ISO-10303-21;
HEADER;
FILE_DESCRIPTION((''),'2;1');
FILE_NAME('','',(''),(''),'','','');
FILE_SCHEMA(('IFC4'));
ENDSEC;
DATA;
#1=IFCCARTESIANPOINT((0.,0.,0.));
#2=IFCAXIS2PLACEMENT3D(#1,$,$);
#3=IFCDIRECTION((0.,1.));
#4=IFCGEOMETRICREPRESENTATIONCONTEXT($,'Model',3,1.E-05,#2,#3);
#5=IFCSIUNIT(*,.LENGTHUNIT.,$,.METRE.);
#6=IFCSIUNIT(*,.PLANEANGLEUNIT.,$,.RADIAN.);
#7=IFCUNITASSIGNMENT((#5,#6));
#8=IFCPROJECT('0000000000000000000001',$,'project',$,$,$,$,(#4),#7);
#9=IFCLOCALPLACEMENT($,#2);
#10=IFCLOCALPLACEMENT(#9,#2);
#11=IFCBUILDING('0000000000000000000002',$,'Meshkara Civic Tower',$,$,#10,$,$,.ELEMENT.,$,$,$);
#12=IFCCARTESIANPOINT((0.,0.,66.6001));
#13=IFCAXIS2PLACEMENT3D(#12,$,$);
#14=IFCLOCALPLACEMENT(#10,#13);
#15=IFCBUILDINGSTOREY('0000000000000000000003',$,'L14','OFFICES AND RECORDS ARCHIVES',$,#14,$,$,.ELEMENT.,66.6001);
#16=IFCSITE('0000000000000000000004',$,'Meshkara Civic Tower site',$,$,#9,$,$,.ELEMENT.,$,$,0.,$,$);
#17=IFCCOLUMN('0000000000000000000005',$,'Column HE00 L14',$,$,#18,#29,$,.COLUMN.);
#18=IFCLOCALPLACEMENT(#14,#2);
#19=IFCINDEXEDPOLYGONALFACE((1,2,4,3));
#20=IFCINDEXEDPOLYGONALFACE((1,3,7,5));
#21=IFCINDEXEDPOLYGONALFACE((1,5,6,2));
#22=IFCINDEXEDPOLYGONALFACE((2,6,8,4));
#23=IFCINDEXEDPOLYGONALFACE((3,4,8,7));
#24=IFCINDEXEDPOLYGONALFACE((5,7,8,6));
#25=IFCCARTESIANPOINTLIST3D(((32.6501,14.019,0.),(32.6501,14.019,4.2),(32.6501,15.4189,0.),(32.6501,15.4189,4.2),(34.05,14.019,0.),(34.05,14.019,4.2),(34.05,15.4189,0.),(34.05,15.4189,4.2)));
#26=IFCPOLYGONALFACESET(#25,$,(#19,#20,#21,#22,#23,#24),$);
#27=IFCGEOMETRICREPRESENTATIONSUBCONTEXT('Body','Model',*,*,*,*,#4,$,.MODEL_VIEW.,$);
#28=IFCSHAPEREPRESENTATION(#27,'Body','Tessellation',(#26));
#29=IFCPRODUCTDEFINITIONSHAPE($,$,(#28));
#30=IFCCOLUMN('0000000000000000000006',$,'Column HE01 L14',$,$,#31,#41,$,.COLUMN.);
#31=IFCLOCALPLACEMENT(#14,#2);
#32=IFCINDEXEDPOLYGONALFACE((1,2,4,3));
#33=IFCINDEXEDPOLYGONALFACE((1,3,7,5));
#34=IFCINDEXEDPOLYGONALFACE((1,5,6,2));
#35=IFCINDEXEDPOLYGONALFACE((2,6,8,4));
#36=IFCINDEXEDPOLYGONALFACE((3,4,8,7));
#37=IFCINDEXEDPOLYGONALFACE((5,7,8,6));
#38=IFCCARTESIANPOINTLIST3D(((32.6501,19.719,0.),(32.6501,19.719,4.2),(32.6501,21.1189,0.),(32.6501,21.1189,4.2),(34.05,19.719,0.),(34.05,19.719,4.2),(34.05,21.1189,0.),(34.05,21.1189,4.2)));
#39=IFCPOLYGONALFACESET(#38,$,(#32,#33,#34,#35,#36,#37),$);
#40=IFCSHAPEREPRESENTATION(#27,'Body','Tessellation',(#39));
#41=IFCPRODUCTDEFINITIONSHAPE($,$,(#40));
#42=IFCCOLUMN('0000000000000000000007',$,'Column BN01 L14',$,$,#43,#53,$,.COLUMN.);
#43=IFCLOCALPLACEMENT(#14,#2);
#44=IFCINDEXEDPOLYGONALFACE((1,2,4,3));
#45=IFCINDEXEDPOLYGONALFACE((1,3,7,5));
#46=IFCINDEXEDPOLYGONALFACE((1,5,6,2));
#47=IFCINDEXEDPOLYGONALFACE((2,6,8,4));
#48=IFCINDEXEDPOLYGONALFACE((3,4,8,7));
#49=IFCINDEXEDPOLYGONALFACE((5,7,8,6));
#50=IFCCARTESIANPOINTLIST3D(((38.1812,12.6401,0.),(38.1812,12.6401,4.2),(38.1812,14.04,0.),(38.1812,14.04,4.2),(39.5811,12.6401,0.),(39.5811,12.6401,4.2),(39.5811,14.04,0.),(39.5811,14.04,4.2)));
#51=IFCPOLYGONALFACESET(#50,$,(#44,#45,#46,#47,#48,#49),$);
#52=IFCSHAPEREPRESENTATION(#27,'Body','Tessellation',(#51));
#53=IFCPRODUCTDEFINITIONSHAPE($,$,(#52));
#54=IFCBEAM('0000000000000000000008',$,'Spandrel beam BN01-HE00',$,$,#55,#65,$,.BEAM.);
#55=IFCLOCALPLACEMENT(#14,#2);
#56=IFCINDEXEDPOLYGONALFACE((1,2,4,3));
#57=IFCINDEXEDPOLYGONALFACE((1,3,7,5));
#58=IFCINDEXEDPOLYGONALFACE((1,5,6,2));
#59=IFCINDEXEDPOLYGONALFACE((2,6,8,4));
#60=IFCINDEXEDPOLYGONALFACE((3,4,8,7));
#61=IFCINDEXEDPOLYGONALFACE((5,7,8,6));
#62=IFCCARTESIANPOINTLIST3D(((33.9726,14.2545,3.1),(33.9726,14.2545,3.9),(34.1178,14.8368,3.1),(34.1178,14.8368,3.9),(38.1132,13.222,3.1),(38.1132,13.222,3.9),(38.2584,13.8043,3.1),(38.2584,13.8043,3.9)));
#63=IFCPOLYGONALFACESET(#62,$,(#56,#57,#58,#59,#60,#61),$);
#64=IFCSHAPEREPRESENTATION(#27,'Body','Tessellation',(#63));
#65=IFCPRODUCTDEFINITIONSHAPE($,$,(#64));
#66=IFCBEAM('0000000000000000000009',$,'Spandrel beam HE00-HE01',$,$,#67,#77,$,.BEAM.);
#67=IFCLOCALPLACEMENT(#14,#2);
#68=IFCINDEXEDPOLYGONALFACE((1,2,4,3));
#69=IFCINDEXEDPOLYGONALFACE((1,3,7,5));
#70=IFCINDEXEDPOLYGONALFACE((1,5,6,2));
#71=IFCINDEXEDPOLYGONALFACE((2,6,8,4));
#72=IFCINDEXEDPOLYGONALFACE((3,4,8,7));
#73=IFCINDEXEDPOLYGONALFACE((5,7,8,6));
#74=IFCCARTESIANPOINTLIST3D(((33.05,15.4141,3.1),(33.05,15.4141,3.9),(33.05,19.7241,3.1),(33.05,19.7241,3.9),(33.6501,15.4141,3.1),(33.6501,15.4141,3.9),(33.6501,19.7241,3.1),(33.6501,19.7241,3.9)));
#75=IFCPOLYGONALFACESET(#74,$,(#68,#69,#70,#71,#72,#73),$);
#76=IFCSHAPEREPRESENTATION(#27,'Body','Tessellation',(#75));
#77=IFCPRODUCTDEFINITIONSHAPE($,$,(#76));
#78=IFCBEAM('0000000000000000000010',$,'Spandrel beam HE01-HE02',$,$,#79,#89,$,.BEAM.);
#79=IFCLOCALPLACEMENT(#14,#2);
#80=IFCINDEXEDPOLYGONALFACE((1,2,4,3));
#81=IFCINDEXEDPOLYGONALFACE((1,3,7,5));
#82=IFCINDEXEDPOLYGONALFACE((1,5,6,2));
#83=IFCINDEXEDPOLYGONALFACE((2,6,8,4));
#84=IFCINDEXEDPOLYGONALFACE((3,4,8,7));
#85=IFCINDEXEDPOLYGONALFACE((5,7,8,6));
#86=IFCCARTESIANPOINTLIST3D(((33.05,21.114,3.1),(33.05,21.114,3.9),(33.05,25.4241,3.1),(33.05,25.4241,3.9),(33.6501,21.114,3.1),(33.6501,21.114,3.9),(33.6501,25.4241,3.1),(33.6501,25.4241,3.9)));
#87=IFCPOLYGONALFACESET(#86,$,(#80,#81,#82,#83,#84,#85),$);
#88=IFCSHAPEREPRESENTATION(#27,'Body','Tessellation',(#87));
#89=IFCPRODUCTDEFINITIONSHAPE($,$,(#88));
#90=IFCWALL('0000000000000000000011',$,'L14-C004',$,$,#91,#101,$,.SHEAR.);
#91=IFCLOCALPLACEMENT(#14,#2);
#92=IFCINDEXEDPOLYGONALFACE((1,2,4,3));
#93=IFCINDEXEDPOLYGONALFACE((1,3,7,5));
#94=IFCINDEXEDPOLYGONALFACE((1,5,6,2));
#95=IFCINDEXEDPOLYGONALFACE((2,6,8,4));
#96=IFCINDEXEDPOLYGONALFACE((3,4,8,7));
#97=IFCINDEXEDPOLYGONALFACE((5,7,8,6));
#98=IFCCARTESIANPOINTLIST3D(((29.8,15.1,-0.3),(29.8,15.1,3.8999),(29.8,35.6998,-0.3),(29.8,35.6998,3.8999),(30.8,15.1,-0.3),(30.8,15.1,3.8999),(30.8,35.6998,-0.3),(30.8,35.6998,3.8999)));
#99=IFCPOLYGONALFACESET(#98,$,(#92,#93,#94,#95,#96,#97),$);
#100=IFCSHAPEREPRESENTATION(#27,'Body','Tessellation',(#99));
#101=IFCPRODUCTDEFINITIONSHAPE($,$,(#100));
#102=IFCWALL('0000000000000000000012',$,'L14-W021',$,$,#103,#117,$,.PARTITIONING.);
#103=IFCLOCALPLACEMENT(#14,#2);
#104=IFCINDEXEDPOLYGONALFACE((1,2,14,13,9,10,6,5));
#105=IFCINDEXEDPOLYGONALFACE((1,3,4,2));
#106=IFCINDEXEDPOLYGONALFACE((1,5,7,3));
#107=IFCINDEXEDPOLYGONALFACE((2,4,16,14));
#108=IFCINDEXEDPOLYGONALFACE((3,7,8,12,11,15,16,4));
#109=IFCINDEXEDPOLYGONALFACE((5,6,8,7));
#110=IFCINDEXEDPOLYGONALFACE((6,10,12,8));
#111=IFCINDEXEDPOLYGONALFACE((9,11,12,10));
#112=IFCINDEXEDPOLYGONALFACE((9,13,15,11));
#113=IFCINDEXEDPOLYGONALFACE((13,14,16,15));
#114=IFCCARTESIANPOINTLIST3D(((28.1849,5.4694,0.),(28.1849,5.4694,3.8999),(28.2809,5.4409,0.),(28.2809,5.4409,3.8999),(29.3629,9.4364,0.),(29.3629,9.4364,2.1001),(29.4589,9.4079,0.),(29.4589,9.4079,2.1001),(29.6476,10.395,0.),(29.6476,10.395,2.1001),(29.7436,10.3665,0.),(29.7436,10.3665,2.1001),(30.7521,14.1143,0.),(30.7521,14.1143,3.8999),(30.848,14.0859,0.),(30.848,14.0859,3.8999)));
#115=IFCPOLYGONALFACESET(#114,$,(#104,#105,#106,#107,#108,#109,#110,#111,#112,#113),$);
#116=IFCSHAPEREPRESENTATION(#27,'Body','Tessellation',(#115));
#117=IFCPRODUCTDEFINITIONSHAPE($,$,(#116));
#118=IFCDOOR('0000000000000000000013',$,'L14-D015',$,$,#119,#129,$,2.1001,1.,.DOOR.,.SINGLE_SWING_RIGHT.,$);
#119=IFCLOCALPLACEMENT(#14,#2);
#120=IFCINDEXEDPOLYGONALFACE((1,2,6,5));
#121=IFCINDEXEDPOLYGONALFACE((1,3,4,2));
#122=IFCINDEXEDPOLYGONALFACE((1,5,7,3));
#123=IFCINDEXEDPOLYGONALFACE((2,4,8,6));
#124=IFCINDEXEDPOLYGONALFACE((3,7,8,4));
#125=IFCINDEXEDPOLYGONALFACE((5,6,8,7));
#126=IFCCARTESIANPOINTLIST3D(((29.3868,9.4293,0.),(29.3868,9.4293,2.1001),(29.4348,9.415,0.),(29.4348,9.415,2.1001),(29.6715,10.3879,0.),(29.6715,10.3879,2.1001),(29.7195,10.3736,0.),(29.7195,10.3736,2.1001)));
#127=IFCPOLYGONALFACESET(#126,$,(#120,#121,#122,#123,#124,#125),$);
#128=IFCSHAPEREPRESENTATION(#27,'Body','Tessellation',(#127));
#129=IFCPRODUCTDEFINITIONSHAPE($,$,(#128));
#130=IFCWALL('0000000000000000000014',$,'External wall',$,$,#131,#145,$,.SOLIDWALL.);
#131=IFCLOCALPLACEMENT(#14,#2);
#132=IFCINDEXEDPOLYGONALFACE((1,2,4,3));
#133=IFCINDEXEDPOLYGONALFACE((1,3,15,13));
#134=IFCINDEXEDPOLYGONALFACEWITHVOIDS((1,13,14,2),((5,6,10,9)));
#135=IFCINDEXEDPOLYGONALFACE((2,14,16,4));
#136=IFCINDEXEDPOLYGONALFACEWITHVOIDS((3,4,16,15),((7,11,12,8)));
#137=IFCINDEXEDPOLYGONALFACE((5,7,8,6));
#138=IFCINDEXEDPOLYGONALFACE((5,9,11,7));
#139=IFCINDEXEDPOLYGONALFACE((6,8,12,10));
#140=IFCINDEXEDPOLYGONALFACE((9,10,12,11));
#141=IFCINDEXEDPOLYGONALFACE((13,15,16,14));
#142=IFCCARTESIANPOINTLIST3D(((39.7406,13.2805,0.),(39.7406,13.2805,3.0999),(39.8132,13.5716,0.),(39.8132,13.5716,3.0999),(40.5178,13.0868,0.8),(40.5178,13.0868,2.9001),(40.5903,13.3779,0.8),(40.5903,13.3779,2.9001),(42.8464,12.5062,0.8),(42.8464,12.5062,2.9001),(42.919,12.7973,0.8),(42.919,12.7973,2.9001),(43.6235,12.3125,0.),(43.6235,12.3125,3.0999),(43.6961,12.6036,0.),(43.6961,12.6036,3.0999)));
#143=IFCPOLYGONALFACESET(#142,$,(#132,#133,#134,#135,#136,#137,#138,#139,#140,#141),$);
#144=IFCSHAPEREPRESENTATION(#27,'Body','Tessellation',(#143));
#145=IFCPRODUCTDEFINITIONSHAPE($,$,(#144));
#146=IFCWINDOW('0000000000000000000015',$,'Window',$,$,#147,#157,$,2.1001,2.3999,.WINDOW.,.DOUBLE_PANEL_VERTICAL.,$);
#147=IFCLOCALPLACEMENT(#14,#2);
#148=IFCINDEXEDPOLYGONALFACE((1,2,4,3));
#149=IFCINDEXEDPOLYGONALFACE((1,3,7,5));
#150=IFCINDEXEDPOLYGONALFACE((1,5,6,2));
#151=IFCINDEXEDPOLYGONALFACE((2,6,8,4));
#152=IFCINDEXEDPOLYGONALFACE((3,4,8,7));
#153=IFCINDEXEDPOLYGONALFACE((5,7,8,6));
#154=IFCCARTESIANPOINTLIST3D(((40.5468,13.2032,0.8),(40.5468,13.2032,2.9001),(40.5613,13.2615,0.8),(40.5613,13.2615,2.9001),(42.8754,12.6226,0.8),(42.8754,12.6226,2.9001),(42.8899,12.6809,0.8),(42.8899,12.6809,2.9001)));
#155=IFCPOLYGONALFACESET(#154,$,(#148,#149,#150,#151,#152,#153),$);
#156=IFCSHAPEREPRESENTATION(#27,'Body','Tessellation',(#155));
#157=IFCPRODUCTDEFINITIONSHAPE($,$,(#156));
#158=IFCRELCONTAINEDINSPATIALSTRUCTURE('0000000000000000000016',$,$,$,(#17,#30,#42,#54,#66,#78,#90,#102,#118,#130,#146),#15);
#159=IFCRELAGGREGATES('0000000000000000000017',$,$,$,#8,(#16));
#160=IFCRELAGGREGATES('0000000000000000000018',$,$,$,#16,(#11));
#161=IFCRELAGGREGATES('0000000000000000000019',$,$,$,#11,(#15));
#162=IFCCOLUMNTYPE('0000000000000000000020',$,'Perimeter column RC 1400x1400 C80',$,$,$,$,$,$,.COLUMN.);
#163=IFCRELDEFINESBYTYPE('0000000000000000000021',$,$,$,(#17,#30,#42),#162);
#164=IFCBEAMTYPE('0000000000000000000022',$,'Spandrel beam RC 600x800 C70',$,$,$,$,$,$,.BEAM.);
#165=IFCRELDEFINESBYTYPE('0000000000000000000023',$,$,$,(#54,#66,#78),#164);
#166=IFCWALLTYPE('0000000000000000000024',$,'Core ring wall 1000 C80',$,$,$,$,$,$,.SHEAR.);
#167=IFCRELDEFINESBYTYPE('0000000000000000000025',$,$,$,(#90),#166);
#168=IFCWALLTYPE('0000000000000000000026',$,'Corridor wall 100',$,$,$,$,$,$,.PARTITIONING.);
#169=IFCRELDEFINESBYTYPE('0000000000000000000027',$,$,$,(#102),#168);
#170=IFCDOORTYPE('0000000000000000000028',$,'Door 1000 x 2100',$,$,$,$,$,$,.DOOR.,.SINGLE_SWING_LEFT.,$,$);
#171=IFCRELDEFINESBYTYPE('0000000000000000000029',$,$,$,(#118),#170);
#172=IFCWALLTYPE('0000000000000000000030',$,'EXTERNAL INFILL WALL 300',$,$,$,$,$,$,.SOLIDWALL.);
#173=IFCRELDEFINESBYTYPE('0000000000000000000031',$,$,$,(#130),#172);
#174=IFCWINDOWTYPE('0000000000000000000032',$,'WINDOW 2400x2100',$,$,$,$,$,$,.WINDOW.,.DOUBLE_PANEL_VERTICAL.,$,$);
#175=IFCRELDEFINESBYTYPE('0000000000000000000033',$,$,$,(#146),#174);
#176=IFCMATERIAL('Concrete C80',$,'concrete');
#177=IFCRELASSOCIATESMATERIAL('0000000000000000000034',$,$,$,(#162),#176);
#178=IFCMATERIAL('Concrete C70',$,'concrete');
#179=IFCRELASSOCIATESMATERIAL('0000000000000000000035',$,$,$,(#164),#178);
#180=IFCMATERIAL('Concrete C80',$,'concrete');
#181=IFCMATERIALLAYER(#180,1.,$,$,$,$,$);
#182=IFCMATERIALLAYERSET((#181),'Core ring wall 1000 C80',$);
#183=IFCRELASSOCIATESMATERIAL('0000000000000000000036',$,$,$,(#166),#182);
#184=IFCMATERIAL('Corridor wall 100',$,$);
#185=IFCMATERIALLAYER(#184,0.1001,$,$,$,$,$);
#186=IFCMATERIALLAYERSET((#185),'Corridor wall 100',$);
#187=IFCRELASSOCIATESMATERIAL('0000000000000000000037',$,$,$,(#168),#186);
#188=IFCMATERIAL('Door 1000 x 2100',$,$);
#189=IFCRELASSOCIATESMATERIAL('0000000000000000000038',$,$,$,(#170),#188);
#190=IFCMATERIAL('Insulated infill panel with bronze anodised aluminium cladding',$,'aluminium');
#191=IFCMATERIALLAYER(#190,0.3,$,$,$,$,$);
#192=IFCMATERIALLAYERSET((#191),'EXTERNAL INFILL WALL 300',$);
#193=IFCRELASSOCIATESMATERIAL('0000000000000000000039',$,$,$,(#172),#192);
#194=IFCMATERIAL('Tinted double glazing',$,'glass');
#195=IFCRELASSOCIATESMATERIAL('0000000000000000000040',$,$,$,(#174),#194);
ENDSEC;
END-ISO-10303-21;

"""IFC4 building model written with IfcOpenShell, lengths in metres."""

from ifc_helpers import new_model, si_unit, direction, frame, frame_2d, origin, origin_2d, place, context, subcontext, project, spatial, rectangle, extrude, material, layer, layer_set, material_profile, profile_set, type_object, element, fill, save


model = new_model("IFC4")

# Units and contexts
model_context = context("Model", 3, precision=1e-05, world=origin(), true_north=direction((0.0, 1.0)))
body_context = subcontext(model_context, "Body", "Model", "MODEL_VIEW")
ifc_project = project(units=[si_unit("LENGTHUNIT", "METRE"), si_unit("PLANEANGLEUNIT", "RADIAN")], contexts=[model_context])

# Site, building, storey
site_placement = place(None, origin())
site = spatial("IfcSite", under=ifc_project, at=site_placement, Name="Meshkara Civic Tower site", CompositionType="ELEMENT", RefElevation=0.0)
building_placement = place(site_placement, origin())
building = spatial("IfcBuilding", under=site, at=building_placement, Name="Meshkara Civic Tower", CompositionType="ELEMENT")
storey_placement = place(building_placement, frame((0.0, 0.0, 66.6001)))
storey = spatial("IfcBuildingStorey", under=building, at=storey_placement, Name="L14", Description="OFFICES AND RECORDS ARCHIVES", CompositionType="ELEMENT", Elevation=66.6001)

# Columns
ifc_material_1 = material(Name="Concrete C80", Category="concrete")
ifc_material_profile_1 = material_profile(ifc_material_1, rectangle(XDim=1.3999, YDim=1.3999, at=origin_2d()))
ifc_profile_set_1 = profile_set([ifc_material_profile_1], Name="Concrete C80")
column_type = type_object("IfcColumnType", Name="Perimeter column RC 1400x1400 C80", PredefinedType="COLUMN", material=ifc_profile_set_1)
for number, where, z_axis, x_axis, name in (
    (1, (33.3501, 14.719, 0.0), (0.0, 0.0, 1.0), (1.0, 0.0, 0.0), "Column HE00 L14"),
    (2, (33.3501, 20.4189, 0.0), (0.0, 0.0, 1.0), (1.0, 0.0, 0.0), "Column HE01 L14"),
    (3, (38.8811, 13.3401, 0.0), (0.0, 0.0, 1.0), (1.0, 0.0, 0.0), "Column BN01 L14"),
):
    element("IfcColumn", number, at=place(storey_placement, frame(where, z_axis=z_axis, x_axis=x_axis)), inside=storey, type_object=column_type, Name=name, PredefinedType="COLUMN", context=body_context, shape_type="SweptSolid", body=[
        extrude(rectangle(XDim=1.3999, YDim=1.3999, at=origin_2d()), origin(), (0.0, 0.0, 1.0), 4.2),
    ])

# Beams
ifc_material_2 = material(Name="Concrete C70", Category="concrete")
ifc_material_profile_2 = material_profile(ifc_material_2, rectangle(XDim=0.6001, YDim=0.8, at=origin_2d()))
ifc_profile_set_2 = profile_set([ifc_material_profile_2], Name="Concrete C70")
beam_type = type_object("IfcBeamType", Name="Spandrel beam RC 600x800 C70", PredefinedType="BEAM", material=ifc_profile_set_2)
beam_placement = place(storey_placement, frame((38.1858, 13.5132, 3.5), z_axis=(-0.97029, 0.241943, 0.0), x_axis=(-0.241943, -0.97029, 0.0)))
element("IfcBeam", 4, at=beam_placement, inside=storey, type_object=beam_type, Name="Spandrel beam BN01-HE00", PredefinedType="BEAM", context=body_context, shape_type="SweptSolid", body=[
    extrude(rectangle(XDim=0.6001, YDim=0.8, at=origin_2d()), origin(), (0.0, 0.0, 1.0), 4.2673),
])
for number, where, z_axis, x_axis, name in (
    (5, (33.3501, 15.4141, 3.5), (0.0, 1.0, 0.0), (-1.0, 0.0, 0.0), "Spandrel beam HE00-HE01"),
    (6, (33.3501, 21.114, 3.5), (0.0, 1.0, 0.0), (-1.0, 0.0, 0.0), "Spandrel beam HE01-HE02"),
):
    element("IfcBeam", number, at=place(storey_placement, frame(where, z_axis=z_axis, x_axis=x_axis)), inside=storey, type_object=beam_type, Name=name, PredefinedType="BEAM", context=body_context, shape_type="SweptSolid", body=[
        extrude(rectangle(XDim=0.6001, YDim=0.8, at=origin_2d()), origin(), (0.0, 0.0, 1.0), 4.3101),
    ])

# Wall
ifc_material_3 = material(Name="Concrete C80", Category="concrete")
ifc_layer_1 = layer(ifc_material_3, 1.0)
ifc_layer_set_1 = layer_set([ifc_layer_1], Name="Core ring wall 1000 C80")
wall_type_1 = type_object("IfcWallType", Name="Core ring wall 1000 C80", PredefinedType="SHEAR", material=ifc_layer_set_1)
wall_1_placement = place(storey_placement, frame((30.3, 15.1001, -0.3), z_axis=(0.0, 0.0, 1.0), x_axis=(0.0, 1.0, 0.0)))
element("IfcWall", 7, at=wall_1_placement, inside=storey, type_object=wall_type_1, Name="L14-C004", PredefinedType="SHEAR", context=body_context, shape_type="SweptSolid", body=[
    extrude(rectangle(XDim=20.5999, YDim=1.0, at=frame_2d((10.2998, 0.0))), origin(), (0.0, 0.0, 1.0), 4.2),
])

# Wall, opening, door
ifc_material_4 = material(Name="Corridor wall 100")
ifc_layer_2 = layer(ifc_material_4, 0.1001)
ifc_layer_set_2 = layer_set([ifc_layer_2], Name="Corridor wall 100")
wall_type_2 = type_object("IfcWallType", Name="Corridor wall 100", PredefinedType="PARTITIONING", material=ifc_layer_set_2)
wall_2_placement = place(storey_placement, frame((30.8, 14.1001, 0.0), z_axis=(0.0, 0.0, 1.0), x_axis=(-0.284664, -0.958627, 0.0)))
wall_2 = element("IfcWall", 8, at=wall_2_placement, inside=storey, type_object=wall_type_2, Name="L14-W021", PredefinedType="PARTITIONING", context=body_context, shape_type="SweptSolid", body=[
    extrude(rectangle(XDim=9.0181, YDim=0.1001, at=frame_2d((4.509, 0.0))), origin(), (0.0, 0.0, 1.0), 3.8999),
])
opening_1_placement = place(wall_2_placement, frame((3.8799, 0.0, 0.0)))
opening_1 = element("IfcOpeningElement", 9, at=opening_1_placement, cuts=wall_2, PredefinedType="OPENING", context=body_context, shape_type="SweptSolid", body=[
    extrude(rectangle(XDim=1.0, YDim=2.1001, at=frame_2d((0.5, 1.05))), frame((0.0, 0.0601, 0.0), z_axis=(0.0, -1.0, 0.0), x_axis=(1.0, 0.0, 0.0)), (0.0, 0.0, 1.0), 0.1201),
])
ifc_material_5 = material(Name="Door 1000 x 2100")
door_type = type_object("IfcDoorType", Name="Door 1000 x 2100", OperationType="SINGLE_SWING_LEFT", PredefinedType="DOOR", material=ifc_material_5)
door_placement = place(opening_1_placement, origin())
door = element("IfcDoor", 10, at=door_placement, inside=storey, type_object=door_type, Name="L14-D015", OperationType="SINGLE_SWING_RIGHT", OverallHeight=2.1001, OverallWidth=1.0, PredefinedType="DOOR", context=body_context, shape_type="SweptSolid", body=[
    extrude(rectangle(XDim=1.0, YDim=2.1001, at=frame_2d((0.5, 1.05))), frame((0.0, 0.0249, 0.0), z_axis=(0.0, -1.0, 0.0), x_axis=(1.0, 0.0, 0.0)), (0.0, 0.0, 1.0), 0.05),
])
fill(opening_1, door)

# Wall, opening, window
ifc_material_6 = material(Name="Insulated infill panel with bronze anodised aluminium cladding", Category="aluminium")
ifc_layer_3 = layer(ifc_material_6, 0.3)
ifc_layer_set_3 = layer_set([ifc_layer_3], Name="EXTERNAL INFILL WALL 300")
wall_type_3 = type_object("IfcWallType", Name="EXTERNAL INFILL WALL 300", PredefinedType="SOLIDWALL", material=ifc_layer_set_3)
wall_3_placement = place(storey_placement, frame((43.6599, 12.458, 0.0), z_axis=(0.0, 0.0, 1.0), x_axis=(-0.9703, 0.241904, 0.0)))
wall_3 = element("IfcWall", 11, at=wall_3_placement, inside=storey, type_object=wall_type_3, Name="External wall", PredefinedType="SOLIDWALL", context=body_context, shape_type="SweptSolid", body=[
    extrude(rectangle(XDim=4.0017, YDim=0.3, at=frame_2d((2.001, 0.0))), origin(), (0.0, 0.0, 1.0), 3.0999),
])
opening_2_placement = place(wall_3_placement, frame((0.801, 0.0, 0.8)))
opening_2 = element("IfcOpeningElement", 12, at=opening_2_placement, cuts=wall_3, PredefinedType="OPENING", context=body_context, shape_type="SweptSolid", body=[
    extrude(rectangle(XDim=2.3999, YDim=2.1001, at=frame_2d((1.2, 1.05))), frame((0.0, 0.1599, 0.0), z_axis=(0.0, -1.0, 0.0), x_axis=(1.0, 0.0, 0.0)), (0.0, 0.0, 1.0), 0.3201),
])
ifc_material_7 = material(Name="Tinted double glazing", Category="glass")
window_type = type_object("IfcWindowType", Name="WINDOW 2400x2100", PartitioningType="DOUBLE_PANEL_VERTICAL", PredefinedType="WINDOW", material=ifc_material_7)
window_1_placement = place(opening_2_placement, origin())
window_1 = element("IfcWindow", 13, at=window_1_placement, inside=storey, type_object=window_type, Name="Window", OverallHeight=2.1001, OverallWidth=2.3999, PartitioningType="DOUBLE_PANEL_VERTICAL", PredefinedType="WINDOW", context=body_context, shape_type="SweptSolid", body=[
    extrude(rectangle(XDim=2.3999, YDim=2.1001, at=frame_2d((1.2, 1.05))), frame((0.0, 0.03, 0.0), z_axis=(0.0, -1.0, 0.0), x_axis=(1.0, 0.0, 0.0)), (0.0, 0.0, 1.0), 0.0601),
])
fill(opening_2, window_1)

save(model, "model.ifc")
